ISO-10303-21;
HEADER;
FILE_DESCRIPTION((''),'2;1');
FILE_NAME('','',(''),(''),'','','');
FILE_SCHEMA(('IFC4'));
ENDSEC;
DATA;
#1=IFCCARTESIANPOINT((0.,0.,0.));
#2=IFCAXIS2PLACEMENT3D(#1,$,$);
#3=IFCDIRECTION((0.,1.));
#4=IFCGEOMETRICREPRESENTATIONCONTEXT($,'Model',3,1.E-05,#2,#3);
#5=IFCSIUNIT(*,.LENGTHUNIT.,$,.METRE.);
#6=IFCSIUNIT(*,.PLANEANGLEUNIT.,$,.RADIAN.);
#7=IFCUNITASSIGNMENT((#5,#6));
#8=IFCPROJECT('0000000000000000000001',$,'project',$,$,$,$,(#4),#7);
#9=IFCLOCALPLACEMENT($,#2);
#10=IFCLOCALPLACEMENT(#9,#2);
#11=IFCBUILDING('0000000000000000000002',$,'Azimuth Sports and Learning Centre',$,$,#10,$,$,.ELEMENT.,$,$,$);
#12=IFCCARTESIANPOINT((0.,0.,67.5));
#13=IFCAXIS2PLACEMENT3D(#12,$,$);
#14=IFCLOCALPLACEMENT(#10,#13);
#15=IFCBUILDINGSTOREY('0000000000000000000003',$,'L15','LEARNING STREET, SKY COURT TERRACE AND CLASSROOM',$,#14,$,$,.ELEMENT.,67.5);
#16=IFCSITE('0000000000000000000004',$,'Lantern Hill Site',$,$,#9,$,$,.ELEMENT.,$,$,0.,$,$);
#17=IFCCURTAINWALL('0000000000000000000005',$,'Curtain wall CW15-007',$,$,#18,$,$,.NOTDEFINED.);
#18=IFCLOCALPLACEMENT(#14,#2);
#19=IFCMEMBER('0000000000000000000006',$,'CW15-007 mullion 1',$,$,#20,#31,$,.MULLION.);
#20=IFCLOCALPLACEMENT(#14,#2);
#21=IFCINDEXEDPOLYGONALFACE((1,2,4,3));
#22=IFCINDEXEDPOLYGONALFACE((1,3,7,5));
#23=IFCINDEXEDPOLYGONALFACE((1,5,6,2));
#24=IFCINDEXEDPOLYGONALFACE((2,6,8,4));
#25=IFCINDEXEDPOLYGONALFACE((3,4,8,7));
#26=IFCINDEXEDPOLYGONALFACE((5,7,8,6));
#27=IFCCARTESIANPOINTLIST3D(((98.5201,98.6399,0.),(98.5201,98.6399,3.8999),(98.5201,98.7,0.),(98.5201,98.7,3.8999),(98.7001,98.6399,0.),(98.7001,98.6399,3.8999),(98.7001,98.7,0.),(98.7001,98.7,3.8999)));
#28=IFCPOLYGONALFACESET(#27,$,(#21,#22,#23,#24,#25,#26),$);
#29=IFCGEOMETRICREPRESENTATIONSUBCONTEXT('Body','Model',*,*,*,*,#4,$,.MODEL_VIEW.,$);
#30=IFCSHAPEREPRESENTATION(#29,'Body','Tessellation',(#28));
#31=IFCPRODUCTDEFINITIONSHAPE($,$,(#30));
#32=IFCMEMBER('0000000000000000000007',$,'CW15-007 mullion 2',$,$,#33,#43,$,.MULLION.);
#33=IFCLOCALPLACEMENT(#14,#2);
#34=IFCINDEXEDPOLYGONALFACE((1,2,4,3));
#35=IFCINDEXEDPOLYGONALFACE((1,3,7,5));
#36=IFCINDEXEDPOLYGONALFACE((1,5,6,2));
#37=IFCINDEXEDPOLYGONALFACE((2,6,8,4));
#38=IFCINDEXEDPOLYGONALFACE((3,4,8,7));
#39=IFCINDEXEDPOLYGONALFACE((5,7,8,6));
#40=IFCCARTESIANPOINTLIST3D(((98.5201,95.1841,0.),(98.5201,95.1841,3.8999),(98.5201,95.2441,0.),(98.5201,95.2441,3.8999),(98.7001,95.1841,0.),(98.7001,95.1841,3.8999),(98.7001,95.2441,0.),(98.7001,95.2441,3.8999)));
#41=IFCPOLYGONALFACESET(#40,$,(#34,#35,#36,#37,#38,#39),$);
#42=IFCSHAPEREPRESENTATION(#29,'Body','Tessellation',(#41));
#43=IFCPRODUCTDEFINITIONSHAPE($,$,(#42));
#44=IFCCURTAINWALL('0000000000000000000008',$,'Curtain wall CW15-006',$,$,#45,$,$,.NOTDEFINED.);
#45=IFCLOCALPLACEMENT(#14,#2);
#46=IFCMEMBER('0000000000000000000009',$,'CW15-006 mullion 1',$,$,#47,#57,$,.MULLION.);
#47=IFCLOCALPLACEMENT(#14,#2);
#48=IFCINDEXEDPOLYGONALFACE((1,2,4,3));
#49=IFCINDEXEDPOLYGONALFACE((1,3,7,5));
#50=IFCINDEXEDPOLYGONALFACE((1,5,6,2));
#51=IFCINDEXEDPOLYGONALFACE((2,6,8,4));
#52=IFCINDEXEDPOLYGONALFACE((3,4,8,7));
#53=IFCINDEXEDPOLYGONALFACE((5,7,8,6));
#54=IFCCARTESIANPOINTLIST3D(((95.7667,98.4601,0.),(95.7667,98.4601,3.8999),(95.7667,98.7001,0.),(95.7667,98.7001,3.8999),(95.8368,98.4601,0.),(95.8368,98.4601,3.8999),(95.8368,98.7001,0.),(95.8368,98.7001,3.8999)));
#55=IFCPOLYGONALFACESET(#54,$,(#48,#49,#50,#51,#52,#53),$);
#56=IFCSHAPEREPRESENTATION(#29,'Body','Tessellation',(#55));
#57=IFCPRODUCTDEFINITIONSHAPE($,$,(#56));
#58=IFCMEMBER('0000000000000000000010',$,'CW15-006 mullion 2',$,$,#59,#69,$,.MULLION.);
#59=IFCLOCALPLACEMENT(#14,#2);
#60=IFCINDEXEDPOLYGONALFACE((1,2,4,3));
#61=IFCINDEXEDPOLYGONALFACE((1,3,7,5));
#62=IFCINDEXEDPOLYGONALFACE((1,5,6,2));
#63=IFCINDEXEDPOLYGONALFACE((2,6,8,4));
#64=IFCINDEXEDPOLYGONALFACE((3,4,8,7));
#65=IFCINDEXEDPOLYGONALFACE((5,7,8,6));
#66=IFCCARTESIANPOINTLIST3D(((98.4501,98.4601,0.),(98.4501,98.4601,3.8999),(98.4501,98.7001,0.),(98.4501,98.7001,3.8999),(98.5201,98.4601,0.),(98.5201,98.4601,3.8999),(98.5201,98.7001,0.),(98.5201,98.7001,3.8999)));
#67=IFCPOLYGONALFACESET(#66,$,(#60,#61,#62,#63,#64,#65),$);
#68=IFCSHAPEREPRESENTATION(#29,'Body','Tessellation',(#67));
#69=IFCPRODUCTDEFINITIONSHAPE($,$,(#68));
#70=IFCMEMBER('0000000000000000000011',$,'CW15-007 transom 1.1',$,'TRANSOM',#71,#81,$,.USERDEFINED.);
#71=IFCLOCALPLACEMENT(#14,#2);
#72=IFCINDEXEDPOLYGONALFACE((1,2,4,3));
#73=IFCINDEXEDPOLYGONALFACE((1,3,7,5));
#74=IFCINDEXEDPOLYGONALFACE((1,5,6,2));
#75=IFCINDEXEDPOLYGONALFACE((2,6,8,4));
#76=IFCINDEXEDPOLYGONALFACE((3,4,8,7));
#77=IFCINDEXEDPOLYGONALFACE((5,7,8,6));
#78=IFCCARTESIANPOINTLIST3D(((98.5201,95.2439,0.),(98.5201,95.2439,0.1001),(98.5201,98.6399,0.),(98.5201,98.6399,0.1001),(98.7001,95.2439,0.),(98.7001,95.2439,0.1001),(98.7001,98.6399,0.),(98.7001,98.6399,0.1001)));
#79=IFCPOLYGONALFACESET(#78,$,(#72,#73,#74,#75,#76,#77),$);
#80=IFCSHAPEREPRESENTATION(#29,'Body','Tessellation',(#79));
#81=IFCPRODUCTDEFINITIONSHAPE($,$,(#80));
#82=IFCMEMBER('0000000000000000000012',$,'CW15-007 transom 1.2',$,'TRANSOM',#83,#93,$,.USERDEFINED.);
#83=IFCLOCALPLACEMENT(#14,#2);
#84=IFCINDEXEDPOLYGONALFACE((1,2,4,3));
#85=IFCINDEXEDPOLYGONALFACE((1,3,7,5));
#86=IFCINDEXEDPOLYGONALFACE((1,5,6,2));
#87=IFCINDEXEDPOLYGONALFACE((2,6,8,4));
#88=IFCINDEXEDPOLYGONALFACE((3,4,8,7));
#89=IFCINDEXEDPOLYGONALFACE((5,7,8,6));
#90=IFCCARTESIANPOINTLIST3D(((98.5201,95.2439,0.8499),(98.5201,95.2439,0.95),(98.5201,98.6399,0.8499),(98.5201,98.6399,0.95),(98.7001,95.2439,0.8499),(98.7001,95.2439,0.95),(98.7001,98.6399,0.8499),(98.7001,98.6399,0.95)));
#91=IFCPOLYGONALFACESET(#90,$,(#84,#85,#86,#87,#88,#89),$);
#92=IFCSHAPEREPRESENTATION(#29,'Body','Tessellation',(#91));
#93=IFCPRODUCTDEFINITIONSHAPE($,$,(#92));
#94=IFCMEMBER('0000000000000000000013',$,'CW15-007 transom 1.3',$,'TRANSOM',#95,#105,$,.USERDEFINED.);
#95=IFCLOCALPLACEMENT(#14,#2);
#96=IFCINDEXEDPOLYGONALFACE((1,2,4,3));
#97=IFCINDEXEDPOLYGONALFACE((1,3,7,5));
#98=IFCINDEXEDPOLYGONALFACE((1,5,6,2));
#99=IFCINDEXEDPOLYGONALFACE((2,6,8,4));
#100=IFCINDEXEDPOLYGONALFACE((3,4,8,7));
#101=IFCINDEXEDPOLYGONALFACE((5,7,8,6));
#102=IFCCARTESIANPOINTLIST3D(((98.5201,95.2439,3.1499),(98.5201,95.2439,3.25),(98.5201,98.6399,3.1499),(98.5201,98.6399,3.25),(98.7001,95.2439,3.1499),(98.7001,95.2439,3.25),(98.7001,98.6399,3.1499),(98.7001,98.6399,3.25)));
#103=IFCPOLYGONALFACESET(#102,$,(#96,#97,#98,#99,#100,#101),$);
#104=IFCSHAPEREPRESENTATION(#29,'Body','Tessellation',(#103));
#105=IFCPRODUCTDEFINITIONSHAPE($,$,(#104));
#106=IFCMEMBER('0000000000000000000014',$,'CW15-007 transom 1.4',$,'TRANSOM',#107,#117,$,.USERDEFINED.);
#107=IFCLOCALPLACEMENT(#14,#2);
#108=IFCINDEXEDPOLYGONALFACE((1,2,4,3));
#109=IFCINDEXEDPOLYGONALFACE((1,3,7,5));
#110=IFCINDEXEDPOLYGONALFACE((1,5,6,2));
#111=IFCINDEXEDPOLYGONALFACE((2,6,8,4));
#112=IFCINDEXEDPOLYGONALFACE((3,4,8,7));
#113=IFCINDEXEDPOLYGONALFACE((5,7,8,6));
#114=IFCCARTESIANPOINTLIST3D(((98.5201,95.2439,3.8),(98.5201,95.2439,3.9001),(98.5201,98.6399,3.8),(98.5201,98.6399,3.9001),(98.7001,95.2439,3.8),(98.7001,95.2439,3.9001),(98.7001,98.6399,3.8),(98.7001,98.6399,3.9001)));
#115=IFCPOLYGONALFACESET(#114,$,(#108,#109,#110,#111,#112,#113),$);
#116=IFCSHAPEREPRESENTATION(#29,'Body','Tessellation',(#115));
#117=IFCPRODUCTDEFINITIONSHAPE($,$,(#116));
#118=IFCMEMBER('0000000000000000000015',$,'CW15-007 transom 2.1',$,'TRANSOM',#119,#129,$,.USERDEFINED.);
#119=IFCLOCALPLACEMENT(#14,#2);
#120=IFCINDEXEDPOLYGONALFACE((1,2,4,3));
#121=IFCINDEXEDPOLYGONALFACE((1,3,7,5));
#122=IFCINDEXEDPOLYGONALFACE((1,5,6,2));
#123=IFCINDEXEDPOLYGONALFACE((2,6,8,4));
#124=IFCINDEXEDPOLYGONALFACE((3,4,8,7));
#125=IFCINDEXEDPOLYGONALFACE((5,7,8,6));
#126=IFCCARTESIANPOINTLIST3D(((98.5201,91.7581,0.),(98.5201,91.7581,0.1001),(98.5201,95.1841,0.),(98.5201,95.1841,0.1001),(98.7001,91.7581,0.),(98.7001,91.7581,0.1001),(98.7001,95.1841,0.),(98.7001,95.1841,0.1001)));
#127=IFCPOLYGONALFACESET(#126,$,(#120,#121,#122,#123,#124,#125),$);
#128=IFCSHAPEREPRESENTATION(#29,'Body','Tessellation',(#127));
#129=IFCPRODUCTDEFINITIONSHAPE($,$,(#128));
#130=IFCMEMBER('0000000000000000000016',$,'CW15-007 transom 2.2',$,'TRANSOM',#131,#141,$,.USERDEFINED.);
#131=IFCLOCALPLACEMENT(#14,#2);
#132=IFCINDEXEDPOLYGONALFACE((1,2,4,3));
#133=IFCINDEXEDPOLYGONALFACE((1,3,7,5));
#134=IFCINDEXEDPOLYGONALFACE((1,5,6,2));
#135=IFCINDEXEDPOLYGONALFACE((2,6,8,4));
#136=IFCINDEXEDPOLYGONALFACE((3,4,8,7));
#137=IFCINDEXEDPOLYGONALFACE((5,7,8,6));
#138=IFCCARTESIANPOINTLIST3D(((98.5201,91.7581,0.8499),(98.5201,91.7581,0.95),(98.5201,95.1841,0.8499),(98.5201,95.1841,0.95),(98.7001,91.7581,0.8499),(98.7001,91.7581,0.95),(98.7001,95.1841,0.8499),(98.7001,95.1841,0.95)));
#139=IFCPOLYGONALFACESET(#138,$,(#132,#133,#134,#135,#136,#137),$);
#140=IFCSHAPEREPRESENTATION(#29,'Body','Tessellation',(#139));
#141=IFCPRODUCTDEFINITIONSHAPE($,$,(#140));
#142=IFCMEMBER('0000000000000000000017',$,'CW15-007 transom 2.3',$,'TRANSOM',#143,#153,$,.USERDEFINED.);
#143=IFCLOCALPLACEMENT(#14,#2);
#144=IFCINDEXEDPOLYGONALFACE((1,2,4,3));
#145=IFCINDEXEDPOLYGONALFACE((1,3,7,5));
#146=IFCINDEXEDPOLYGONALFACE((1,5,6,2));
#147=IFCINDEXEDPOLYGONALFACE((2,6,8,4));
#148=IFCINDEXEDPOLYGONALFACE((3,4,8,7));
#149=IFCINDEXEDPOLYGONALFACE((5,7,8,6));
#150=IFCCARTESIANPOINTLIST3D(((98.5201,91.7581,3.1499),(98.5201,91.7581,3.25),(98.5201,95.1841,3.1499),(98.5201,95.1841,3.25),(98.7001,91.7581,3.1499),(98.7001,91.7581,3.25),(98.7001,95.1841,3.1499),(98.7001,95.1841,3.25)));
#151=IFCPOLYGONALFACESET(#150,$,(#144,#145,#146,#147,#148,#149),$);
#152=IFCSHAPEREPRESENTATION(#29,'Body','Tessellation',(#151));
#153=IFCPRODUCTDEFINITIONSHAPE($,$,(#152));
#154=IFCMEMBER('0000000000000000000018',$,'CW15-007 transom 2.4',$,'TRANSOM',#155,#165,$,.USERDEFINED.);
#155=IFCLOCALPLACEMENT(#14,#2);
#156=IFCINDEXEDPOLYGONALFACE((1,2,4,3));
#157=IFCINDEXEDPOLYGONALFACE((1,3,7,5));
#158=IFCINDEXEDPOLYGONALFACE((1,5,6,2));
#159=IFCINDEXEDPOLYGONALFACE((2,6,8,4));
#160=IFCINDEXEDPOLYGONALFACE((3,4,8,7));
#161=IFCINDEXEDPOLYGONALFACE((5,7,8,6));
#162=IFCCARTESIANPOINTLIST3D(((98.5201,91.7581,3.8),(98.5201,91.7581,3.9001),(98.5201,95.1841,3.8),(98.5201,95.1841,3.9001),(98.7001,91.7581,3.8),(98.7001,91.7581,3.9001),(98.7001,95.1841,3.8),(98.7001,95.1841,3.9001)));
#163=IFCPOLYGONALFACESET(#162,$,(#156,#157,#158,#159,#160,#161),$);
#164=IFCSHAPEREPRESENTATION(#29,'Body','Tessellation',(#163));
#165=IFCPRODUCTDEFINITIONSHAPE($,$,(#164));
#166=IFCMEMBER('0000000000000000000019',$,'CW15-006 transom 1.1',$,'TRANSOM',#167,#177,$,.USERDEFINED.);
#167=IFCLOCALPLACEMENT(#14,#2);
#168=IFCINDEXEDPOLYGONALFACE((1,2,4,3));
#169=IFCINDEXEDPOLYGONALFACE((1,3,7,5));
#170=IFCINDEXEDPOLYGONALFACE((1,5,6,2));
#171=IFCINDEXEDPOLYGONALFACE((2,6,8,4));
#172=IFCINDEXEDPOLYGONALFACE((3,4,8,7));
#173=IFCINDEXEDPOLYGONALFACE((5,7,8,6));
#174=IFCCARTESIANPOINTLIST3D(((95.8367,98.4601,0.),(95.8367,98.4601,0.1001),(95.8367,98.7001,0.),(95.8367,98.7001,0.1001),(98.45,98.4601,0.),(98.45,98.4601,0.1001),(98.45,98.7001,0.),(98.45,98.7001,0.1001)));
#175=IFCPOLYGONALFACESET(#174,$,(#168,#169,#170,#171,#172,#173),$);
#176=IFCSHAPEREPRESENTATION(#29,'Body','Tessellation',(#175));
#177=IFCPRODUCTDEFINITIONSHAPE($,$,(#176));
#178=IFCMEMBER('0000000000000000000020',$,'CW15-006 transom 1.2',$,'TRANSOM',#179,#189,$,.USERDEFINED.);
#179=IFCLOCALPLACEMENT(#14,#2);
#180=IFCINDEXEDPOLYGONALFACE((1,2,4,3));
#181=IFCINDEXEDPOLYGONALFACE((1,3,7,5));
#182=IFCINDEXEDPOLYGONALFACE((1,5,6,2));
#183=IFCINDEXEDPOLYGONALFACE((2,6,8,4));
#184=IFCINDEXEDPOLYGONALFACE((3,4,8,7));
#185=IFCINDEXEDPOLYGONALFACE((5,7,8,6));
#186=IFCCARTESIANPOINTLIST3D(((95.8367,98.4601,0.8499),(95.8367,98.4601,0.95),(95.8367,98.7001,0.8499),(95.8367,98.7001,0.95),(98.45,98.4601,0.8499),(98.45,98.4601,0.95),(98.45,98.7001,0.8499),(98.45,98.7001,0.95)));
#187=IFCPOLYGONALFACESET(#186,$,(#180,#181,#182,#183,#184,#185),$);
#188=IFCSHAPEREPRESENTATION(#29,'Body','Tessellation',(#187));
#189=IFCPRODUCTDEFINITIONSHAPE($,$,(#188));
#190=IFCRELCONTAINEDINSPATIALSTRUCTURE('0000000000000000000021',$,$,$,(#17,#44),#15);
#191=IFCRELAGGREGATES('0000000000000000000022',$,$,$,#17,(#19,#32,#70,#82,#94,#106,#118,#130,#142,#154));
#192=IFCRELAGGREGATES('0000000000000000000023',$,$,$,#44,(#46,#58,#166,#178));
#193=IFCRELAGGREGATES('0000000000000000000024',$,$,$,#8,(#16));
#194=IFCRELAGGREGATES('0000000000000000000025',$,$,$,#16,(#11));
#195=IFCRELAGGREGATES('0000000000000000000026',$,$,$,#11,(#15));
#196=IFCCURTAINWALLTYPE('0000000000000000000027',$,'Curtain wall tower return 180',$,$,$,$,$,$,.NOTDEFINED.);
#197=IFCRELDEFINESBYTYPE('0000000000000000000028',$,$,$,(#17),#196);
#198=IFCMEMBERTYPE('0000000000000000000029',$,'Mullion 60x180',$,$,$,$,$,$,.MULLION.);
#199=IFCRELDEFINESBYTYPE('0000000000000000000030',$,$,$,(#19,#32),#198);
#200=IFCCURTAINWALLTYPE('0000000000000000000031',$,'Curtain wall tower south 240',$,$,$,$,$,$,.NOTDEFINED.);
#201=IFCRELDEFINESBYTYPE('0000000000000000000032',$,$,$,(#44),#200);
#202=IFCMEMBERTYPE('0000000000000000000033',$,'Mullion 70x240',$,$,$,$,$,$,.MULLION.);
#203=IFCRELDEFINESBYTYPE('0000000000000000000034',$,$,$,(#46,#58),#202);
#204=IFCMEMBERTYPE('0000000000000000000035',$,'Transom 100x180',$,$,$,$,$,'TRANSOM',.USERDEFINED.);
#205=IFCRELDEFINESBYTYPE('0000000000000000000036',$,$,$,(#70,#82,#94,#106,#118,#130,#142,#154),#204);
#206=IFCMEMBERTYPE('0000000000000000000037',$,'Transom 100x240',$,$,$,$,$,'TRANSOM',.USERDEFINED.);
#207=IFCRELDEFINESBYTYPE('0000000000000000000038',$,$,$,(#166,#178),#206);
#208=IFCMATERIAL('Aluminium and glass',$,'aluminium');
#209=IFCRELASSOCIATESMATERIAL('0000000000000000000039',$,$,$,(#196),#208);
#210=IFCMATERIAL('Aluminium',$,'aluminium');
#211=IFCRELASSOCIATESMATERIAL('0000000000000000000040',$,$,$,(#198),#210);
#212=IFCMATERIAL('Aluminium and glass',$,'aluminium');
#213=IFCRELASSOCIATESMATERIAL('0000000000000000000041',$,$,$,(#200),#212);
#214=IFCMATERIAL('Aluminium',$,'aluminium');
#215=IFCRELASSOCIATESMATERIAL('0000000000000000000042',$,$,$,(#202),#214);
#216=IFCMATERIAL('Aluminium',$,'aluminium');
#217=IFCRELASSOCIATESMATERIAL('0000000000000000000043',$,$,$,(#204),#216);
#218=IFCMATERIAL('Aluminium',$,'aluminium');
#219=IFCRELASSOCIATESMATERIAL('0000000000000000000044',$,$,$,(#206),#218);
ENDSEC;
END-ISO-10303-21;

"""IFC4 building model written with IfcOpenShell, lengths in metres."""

from ifc_helpers import new_model, si_unit, direction, frame, origin, origin_2d, place, context, subcontext, project, spatial, rectangle, extrude, material, material_profile, profile_set, type_object, element, aggregate, save


model = new_model("IFC4")

# Units and contexts
model_context = context("Model", 3, precision=1e-05, world=origin(), true_north=direction((0.0, 1.0)))
body_context = subcontext(model_context, "Body", "Model", "MODEL_VIEW")
ifc_project = project(units=[si_unit("LENGTHUNIT", "METRE"), si_unit("PLANEANGLEUNIT", "RADIAN")], contexts=[model_context])

# Site, building, storey
site_placement = place(None, origin())
site = spatial("IfcSite", under=ifc_project, at=site_placement, Name="Lantern Hill Site", CompositionType="ELEMENT", RefElevation=0.0)
building_placement = place(site_placement, origin())
building = spatial("IfcBuilding", under=site, at=building_placement, Name="Azimuth Sports and Learning Centre", CompositionType="ELEMENT")
storey_placement = place(building_placement, frame((0.0, 0.0, 67.5)))
storey = spatial("IfcBuildingStorey", under=building, at=storey_placement, Name="L15", Description="LEARNING STREET, SKY COURT TERRACE AND CLASSROOM", CompositionType="ELEMENT", Elevation=67.5)

# Curtain walls, members
ifc_material_1 = material(Name="Aluminium and glass", Category="aluminium")
curtain_wall_type_1 = type_object("IfcCurtainWallType", Name="Curtain wall tower return 180", PredefinedType="NOTDEFINED", material=ifc_material_1)
curtain_wall_1_placement = place(storey_placement, origin())
curtain_wall_1 = element("IfcCurtainWall", 1, at=curtain_wall_1_placement, inside=storey, type_object=curtain_wall_type_1, Name="Curtain wall CW15-007", PredefinedType="NOTDEFINED")
ifc_material_2 = material(Name="Aluminium", Category="aluminium")
ifc_material_profile_1 = material_profile(ifc_material_2, rectangle(XDim=0.1799, YDim=0.0601, at=origin_2d()), Name="Mullion 60x180")
ifc_profile_set_1 = profile_set([ifc_material_profile_1], Name="Aluminium")
member_type_1 = type_object("IfcMemberType", Name="Mullion 60x180", PredefinedType="MULLION", material=ifc_profile_set_1)
member_1_placement = place(storey_placement, frame((98.6101, 98.6699, 0.0), z_axis=(0.0, 0.0, 1.0), x_axis=(1.0, 0.0, 0.0)))
member_1 = element("IfcMember", 2, at=member_1_placement, type_object=member_type_1, Name="CW15-007 mullion 1", PredefinedType="MULLION", context=body_context, shape_type="SweptSolid", body=[
    extrude(rectangle(XDim=0.1799, YDim=0.0601, at=origin_2d()), origin(), (0.0, 0.0, 1.0), 3.8999),
])
member_2_placement = place(storey_placement, frame((98.6101, 95.2141, 0.0), z_axis=(0.0, 0.0, 1.0), x_axis=(1.0, 0.0, 0.0)))
member_2 = element("IfcMember", 3, at=member_2_placement, type_object=member_type_1, Name="CW15-007 mullion 2", PredefinedType="MULLION", context=body_context, shape_type="SweptSolid", body=[
    extrude(rectangle(XDim=0.1799, YDim=0.0601, at=origin_2d()), origin(), (0.0, 0.0, 1.0), 3.8999),
])
ifc_material_3 = material(Name="Aluminium and glass", Category="aluminium")
curtain_wall_type_2 = type_object("IfcCurtainWallType", Name="Curtain wall tower south 240", PredefinedType="NOTDEFINED", material=ifc_material_3)
curtain_wall_2_placement = place(storey_placement, origin())
curtain_wall_2 = element("IfcCurtainWall", 4, at=curtain_wall_2_placement, inside=storey, type_object=curtain_wall_type_2, Name="Curtain wall CW15-006", PredefinedType="NOTDEFINED")
ifc_material_4 = material(Name="Aluminium", Category="aluminium")
ifc_material_profile_2 = material_profile(ifc_material_4, rectangle(XDim=0.24, YDim=0.0701, at=origin_2d()), Name="Mullion 70x240")
ifc_profile_set_2 = profile_set([ifc_material_profile_2], Name="Aluminium")
member_type_2 = type_object("IfcMemberType", Name="Mullion 70x240", PredefinedType="MULLION", material=ifc_profile_set_2)
member_3_placement = place(storey_placement, frame((95.8018, 98.5801, 0.0), z_axis=(0.0, 0.0, 1.0), x_axis=(0.0, 1.0, 0.0)))
member_3 = element("IfcMember", 5, at=member_3_placement, type_object=member_type_2, Name="CW15-006 mullion 1", PredefinedType="MULLION", context=body_context, shape_type="SweptSolid", body=[
    extrude(rectangle(XDim=0.24, YDim=0.0701, at=origin_2d()), origin(), (0.0, 0.0, 1.0), 3.8999),
])
member_4_placement = place(storey_placement, frame((98.4851, 98.5801, 0.0), z_axis=(0.0, 0.0, 1.0), x_axis=(0.0, 1.0, 0.0)))
member_4 = element("IfcMember", 6, at=member_4_placement, type_object=member_type_2, Name="CW15-006 mullion 2", PredefinedType="MULLION", context=body_context, shape_type="SweptSolid", body=[
    extrude(rectangle(XDim=0.24, YDim=0.0701, at=origin_2d()), origin(), (0.0, 0.0, 1.0), 3.8999),
])

# Members
ifc_material_5 = material(Name="Aluminium", Category="aluminium")
ifc_material_profile_3 = material_profile(ifc_material_5, rectangle(XDim=0.1799, YDim=0.1001, at=origin_2d()), Name="Transom 100x180")
ifc_profile_set_3 = profile_set([ifc_material_profile_3], Name="Aluminium")
member_type_3 = type_object("IfcMemberType", Name="Transom 100x180", ElementType="TRANSOM", PredefinedType="USERDEFINED", material=ifc_profile_set_3)
member_5_placement = place(storey_placement, frame((98.6101, 98.6399, 0.05), z_axis=(0.0, -1.0, 0.0), x_axis=(1.0, 0.0, 0.0)))
member_5 = element("IfcMember", 7, at=member_5_placement, type_object=member_type_3, Name="CW15-007 transom 1.1", ObjectType="TRANSOM", PredefinedType="USERDEFINED", context=body_context, shape_type="SweptSolid", body=[
    extrude(rectangle(XDim=0.1799, YDim=0.1001, at=origin_2d()), origin(), (0.0, 0.0, 1.0), 3.396),
])
member_6_placement = place(storey_placement, frame((98.6101, 98.6399, 0.8999), z_axis=(0.0, -1.0, 0.0), x_axis=(1.0, 0.0, 0.0)))
member_6 = element("IfcMember", 8, at=member_6_placement, type_object=member_type_3, Name="CW15-007 transom 1.2", ObjectType="TRANSOM", PredefinedType="USERDEFINED", context=body_context, shape_type="SweptSolid", body=[
    extrude(rectangle(XDim=0.1799, YDim=0.1001, at=origin_2d()), origin(), (0.0, 0.0, 1.0), 3.396),
])
member_7_placement = place(storey_placement, frame((98.6101, 98.6399, 3.2), z_axis=(0.0, -1.0, 0.0), x_axis=(1.0, 0.0, 0.0)))
member_7 = element("IfcMember", 9, at=member_7_placement, type_object=member_type_3, Name="CW15-007 transom 1.3", ObjectType="TRANSOM", PredefinedType="USERDEFINED", context=body_context, shape_type="SweptSolid", body=[
    extrude(rectangle(XDim=0.1799, YDim=0.1001, at=origin_2d()), origin(), (0.0, 0.0, 1.0), 3.396),
])
member_8_placement = place(storey_placement, frame((98.6101, 98.6399, 3.8501), z_axis=(0.0, -1.0, 0.0), x_axis=(1.0, 0.0, 0.0)))
member_8 = element("IfcMember", 10, at=member_8_placement, type_object=member_type_3, Name="CW15-007 transom 1.4", ObjectType="TRANSOM", PredefinedType="USERDEFINED", context=body_context, shape_type="SweptSolid", body=[
    extrude(rectangle(XDim=0.1799, YDim=0.1001, at=origin_2d()), origin(), (0.0, 0.0, 1.0), 3.396),
])
member_9_placement = place(storey_placement, frame((98.6101, 95.1841, 0.05), z_axis=(0.0, -1.0, 0.0), x_axis=(1.0, 0.0, 0.0)))
member_9 = element("IfcMember", 11, at=member_9_placement, type_object=member_type_3, Name="CW15-007 transom 2.1", ObjectType="TRANSOM", PredefinedType="USERDEFINED", context=body_context, shape_type="SweptSolid", body=[
    extrude(rectangle(XDim=0.1799, YDim=0.1001, at=origin_2d()), origin(), (0.0, 0.0, 1.0), 3.426),
])
member_10_placement = place(storey_placement, frame((98.6101, 95.1841, 0.8999), z_axis=(0.0, -1.0, 0.0), x_axis=(1.0, 0.0, 0.0)))
member_10 = element("IfcMember", 12, at=member_10_placement, type_object=member_type_3, Name="CW15-007 transom 2.2", ObjectType="TRANSOM", PredefinedType="USERDEFINED", context=body_context, shape_type="SweptSolid", body=[
    extrude(rectangle(XDim=0.1799, YDim=0.1001, at=origin_2d()), origin(), (0.0, 0.0, 1.0), 3.426),
])
member_11_placement = place(storey_placement, frame((98.6101, 95.1841, 3.2), z_axis=(0.0, -1.0, 0.0), x_axis=(1.0, 0.0, 0.0)))
member_11 = element("IfcMember", 13, at=member_11_placement, type_object=member_type_3, Name="CW15-007 transom 2.3", ObjectType="TRANSOM", PredefinedType="USERDEFINED", context=body_context, shape_type="SweptSolid", body=[
    extrude(rectangle(XDim=0.1799, YDim=0.1001, at=origin_2d()), origin(), (0.0, 0.0, 1.0), 3.426),
])
member_12_placement = place(storey_placement, frame((98.6101, 95.1841, 3.8501), z_axis=(0.0, -1.0, 0.0), x_axis=(1.0, 0.0, 0.0)))
member_12 = element("IfcMember", 14, at=member_12_placement, type_object=member_type_3, Name="CW15-007 transom 2.4", ObjectType="TRANSOM", PredefinedType="USERDEFINED", context=body_context, shape_type="SweptSolid", body=[
    extrude(rectangle(XDim=0.1799, YDim=0.1001, at=origin_2d()), origin(), (0.0, 0.0, 1.0), 3.426),
])
ifc_material_6 = material(Name="Aluminium", Category="aluminium")
ifc_material_profile_4 = material_profile(ifc_material_6, rectangle(XDim=0.24, YDim=0.1001, at=origin_2d()), Name="Transom 100x240")
ifc_profile_set_4 = profile_set([ifc_material_profile_4], Name="Aluminium")
member_type_4 = type_object("IfcMemberType", Name="Transom 100x240", ElementType="TRANSOM", PredefinedType="USERDEFINED", material=ifc_profile_set_4)
member_13_placement = place(storey_placement, frame((95.8367, 98.5801, 0.05), z_axis=(1.0, 0.0, 0.0), x_axis=(0.0, 1.0, 0.0)))
member_13 = element("IfcMember", 15, at=member_13_placement, type_object=member_type_4, Name="CW15-006 transom 1.1", ObjectType="TRANSOM", PredefinedType="USERDEFINED", context=body_context, shape_type="SweptSolid", body=[
    extrude(rectangle(XDim=0.24, YDim=0.1001, at=origin_2d()), origin(), (0.0, 0.0, 1.0), 2.6133),
])
member_14_placement = place(storey_placement, frame((95.8367, 98.5801, 0.8999), z_axis=(1.0, 0.0, 0.0), x_axis=(0.0, 1.0, 0.0)))
member_14 = element("IfcMember", 16, at=member_14_placement, type_object=member_type_4, Name="CW15-006 transom 1.2", ObjectType="TRANSOM", PredefinedType="USERDEFINED", context=body_context, shape_type="SweptSolid", body=[
    extrude(rectangle(XDim=0.24, YDim=0.1001, at=origin_2d()), origin(), (0.0, 0.0, 1.0), 2.6133),
])

aggregate(curtain_wall_1, [member_1, member_2, member_5, member_6, member_7, member_8, member_9, member_10, member_11, member_12])
aggregate(curtain_wall_2, [member_3, member_4, member_13, member_14])

save(model, "model.ifc")
